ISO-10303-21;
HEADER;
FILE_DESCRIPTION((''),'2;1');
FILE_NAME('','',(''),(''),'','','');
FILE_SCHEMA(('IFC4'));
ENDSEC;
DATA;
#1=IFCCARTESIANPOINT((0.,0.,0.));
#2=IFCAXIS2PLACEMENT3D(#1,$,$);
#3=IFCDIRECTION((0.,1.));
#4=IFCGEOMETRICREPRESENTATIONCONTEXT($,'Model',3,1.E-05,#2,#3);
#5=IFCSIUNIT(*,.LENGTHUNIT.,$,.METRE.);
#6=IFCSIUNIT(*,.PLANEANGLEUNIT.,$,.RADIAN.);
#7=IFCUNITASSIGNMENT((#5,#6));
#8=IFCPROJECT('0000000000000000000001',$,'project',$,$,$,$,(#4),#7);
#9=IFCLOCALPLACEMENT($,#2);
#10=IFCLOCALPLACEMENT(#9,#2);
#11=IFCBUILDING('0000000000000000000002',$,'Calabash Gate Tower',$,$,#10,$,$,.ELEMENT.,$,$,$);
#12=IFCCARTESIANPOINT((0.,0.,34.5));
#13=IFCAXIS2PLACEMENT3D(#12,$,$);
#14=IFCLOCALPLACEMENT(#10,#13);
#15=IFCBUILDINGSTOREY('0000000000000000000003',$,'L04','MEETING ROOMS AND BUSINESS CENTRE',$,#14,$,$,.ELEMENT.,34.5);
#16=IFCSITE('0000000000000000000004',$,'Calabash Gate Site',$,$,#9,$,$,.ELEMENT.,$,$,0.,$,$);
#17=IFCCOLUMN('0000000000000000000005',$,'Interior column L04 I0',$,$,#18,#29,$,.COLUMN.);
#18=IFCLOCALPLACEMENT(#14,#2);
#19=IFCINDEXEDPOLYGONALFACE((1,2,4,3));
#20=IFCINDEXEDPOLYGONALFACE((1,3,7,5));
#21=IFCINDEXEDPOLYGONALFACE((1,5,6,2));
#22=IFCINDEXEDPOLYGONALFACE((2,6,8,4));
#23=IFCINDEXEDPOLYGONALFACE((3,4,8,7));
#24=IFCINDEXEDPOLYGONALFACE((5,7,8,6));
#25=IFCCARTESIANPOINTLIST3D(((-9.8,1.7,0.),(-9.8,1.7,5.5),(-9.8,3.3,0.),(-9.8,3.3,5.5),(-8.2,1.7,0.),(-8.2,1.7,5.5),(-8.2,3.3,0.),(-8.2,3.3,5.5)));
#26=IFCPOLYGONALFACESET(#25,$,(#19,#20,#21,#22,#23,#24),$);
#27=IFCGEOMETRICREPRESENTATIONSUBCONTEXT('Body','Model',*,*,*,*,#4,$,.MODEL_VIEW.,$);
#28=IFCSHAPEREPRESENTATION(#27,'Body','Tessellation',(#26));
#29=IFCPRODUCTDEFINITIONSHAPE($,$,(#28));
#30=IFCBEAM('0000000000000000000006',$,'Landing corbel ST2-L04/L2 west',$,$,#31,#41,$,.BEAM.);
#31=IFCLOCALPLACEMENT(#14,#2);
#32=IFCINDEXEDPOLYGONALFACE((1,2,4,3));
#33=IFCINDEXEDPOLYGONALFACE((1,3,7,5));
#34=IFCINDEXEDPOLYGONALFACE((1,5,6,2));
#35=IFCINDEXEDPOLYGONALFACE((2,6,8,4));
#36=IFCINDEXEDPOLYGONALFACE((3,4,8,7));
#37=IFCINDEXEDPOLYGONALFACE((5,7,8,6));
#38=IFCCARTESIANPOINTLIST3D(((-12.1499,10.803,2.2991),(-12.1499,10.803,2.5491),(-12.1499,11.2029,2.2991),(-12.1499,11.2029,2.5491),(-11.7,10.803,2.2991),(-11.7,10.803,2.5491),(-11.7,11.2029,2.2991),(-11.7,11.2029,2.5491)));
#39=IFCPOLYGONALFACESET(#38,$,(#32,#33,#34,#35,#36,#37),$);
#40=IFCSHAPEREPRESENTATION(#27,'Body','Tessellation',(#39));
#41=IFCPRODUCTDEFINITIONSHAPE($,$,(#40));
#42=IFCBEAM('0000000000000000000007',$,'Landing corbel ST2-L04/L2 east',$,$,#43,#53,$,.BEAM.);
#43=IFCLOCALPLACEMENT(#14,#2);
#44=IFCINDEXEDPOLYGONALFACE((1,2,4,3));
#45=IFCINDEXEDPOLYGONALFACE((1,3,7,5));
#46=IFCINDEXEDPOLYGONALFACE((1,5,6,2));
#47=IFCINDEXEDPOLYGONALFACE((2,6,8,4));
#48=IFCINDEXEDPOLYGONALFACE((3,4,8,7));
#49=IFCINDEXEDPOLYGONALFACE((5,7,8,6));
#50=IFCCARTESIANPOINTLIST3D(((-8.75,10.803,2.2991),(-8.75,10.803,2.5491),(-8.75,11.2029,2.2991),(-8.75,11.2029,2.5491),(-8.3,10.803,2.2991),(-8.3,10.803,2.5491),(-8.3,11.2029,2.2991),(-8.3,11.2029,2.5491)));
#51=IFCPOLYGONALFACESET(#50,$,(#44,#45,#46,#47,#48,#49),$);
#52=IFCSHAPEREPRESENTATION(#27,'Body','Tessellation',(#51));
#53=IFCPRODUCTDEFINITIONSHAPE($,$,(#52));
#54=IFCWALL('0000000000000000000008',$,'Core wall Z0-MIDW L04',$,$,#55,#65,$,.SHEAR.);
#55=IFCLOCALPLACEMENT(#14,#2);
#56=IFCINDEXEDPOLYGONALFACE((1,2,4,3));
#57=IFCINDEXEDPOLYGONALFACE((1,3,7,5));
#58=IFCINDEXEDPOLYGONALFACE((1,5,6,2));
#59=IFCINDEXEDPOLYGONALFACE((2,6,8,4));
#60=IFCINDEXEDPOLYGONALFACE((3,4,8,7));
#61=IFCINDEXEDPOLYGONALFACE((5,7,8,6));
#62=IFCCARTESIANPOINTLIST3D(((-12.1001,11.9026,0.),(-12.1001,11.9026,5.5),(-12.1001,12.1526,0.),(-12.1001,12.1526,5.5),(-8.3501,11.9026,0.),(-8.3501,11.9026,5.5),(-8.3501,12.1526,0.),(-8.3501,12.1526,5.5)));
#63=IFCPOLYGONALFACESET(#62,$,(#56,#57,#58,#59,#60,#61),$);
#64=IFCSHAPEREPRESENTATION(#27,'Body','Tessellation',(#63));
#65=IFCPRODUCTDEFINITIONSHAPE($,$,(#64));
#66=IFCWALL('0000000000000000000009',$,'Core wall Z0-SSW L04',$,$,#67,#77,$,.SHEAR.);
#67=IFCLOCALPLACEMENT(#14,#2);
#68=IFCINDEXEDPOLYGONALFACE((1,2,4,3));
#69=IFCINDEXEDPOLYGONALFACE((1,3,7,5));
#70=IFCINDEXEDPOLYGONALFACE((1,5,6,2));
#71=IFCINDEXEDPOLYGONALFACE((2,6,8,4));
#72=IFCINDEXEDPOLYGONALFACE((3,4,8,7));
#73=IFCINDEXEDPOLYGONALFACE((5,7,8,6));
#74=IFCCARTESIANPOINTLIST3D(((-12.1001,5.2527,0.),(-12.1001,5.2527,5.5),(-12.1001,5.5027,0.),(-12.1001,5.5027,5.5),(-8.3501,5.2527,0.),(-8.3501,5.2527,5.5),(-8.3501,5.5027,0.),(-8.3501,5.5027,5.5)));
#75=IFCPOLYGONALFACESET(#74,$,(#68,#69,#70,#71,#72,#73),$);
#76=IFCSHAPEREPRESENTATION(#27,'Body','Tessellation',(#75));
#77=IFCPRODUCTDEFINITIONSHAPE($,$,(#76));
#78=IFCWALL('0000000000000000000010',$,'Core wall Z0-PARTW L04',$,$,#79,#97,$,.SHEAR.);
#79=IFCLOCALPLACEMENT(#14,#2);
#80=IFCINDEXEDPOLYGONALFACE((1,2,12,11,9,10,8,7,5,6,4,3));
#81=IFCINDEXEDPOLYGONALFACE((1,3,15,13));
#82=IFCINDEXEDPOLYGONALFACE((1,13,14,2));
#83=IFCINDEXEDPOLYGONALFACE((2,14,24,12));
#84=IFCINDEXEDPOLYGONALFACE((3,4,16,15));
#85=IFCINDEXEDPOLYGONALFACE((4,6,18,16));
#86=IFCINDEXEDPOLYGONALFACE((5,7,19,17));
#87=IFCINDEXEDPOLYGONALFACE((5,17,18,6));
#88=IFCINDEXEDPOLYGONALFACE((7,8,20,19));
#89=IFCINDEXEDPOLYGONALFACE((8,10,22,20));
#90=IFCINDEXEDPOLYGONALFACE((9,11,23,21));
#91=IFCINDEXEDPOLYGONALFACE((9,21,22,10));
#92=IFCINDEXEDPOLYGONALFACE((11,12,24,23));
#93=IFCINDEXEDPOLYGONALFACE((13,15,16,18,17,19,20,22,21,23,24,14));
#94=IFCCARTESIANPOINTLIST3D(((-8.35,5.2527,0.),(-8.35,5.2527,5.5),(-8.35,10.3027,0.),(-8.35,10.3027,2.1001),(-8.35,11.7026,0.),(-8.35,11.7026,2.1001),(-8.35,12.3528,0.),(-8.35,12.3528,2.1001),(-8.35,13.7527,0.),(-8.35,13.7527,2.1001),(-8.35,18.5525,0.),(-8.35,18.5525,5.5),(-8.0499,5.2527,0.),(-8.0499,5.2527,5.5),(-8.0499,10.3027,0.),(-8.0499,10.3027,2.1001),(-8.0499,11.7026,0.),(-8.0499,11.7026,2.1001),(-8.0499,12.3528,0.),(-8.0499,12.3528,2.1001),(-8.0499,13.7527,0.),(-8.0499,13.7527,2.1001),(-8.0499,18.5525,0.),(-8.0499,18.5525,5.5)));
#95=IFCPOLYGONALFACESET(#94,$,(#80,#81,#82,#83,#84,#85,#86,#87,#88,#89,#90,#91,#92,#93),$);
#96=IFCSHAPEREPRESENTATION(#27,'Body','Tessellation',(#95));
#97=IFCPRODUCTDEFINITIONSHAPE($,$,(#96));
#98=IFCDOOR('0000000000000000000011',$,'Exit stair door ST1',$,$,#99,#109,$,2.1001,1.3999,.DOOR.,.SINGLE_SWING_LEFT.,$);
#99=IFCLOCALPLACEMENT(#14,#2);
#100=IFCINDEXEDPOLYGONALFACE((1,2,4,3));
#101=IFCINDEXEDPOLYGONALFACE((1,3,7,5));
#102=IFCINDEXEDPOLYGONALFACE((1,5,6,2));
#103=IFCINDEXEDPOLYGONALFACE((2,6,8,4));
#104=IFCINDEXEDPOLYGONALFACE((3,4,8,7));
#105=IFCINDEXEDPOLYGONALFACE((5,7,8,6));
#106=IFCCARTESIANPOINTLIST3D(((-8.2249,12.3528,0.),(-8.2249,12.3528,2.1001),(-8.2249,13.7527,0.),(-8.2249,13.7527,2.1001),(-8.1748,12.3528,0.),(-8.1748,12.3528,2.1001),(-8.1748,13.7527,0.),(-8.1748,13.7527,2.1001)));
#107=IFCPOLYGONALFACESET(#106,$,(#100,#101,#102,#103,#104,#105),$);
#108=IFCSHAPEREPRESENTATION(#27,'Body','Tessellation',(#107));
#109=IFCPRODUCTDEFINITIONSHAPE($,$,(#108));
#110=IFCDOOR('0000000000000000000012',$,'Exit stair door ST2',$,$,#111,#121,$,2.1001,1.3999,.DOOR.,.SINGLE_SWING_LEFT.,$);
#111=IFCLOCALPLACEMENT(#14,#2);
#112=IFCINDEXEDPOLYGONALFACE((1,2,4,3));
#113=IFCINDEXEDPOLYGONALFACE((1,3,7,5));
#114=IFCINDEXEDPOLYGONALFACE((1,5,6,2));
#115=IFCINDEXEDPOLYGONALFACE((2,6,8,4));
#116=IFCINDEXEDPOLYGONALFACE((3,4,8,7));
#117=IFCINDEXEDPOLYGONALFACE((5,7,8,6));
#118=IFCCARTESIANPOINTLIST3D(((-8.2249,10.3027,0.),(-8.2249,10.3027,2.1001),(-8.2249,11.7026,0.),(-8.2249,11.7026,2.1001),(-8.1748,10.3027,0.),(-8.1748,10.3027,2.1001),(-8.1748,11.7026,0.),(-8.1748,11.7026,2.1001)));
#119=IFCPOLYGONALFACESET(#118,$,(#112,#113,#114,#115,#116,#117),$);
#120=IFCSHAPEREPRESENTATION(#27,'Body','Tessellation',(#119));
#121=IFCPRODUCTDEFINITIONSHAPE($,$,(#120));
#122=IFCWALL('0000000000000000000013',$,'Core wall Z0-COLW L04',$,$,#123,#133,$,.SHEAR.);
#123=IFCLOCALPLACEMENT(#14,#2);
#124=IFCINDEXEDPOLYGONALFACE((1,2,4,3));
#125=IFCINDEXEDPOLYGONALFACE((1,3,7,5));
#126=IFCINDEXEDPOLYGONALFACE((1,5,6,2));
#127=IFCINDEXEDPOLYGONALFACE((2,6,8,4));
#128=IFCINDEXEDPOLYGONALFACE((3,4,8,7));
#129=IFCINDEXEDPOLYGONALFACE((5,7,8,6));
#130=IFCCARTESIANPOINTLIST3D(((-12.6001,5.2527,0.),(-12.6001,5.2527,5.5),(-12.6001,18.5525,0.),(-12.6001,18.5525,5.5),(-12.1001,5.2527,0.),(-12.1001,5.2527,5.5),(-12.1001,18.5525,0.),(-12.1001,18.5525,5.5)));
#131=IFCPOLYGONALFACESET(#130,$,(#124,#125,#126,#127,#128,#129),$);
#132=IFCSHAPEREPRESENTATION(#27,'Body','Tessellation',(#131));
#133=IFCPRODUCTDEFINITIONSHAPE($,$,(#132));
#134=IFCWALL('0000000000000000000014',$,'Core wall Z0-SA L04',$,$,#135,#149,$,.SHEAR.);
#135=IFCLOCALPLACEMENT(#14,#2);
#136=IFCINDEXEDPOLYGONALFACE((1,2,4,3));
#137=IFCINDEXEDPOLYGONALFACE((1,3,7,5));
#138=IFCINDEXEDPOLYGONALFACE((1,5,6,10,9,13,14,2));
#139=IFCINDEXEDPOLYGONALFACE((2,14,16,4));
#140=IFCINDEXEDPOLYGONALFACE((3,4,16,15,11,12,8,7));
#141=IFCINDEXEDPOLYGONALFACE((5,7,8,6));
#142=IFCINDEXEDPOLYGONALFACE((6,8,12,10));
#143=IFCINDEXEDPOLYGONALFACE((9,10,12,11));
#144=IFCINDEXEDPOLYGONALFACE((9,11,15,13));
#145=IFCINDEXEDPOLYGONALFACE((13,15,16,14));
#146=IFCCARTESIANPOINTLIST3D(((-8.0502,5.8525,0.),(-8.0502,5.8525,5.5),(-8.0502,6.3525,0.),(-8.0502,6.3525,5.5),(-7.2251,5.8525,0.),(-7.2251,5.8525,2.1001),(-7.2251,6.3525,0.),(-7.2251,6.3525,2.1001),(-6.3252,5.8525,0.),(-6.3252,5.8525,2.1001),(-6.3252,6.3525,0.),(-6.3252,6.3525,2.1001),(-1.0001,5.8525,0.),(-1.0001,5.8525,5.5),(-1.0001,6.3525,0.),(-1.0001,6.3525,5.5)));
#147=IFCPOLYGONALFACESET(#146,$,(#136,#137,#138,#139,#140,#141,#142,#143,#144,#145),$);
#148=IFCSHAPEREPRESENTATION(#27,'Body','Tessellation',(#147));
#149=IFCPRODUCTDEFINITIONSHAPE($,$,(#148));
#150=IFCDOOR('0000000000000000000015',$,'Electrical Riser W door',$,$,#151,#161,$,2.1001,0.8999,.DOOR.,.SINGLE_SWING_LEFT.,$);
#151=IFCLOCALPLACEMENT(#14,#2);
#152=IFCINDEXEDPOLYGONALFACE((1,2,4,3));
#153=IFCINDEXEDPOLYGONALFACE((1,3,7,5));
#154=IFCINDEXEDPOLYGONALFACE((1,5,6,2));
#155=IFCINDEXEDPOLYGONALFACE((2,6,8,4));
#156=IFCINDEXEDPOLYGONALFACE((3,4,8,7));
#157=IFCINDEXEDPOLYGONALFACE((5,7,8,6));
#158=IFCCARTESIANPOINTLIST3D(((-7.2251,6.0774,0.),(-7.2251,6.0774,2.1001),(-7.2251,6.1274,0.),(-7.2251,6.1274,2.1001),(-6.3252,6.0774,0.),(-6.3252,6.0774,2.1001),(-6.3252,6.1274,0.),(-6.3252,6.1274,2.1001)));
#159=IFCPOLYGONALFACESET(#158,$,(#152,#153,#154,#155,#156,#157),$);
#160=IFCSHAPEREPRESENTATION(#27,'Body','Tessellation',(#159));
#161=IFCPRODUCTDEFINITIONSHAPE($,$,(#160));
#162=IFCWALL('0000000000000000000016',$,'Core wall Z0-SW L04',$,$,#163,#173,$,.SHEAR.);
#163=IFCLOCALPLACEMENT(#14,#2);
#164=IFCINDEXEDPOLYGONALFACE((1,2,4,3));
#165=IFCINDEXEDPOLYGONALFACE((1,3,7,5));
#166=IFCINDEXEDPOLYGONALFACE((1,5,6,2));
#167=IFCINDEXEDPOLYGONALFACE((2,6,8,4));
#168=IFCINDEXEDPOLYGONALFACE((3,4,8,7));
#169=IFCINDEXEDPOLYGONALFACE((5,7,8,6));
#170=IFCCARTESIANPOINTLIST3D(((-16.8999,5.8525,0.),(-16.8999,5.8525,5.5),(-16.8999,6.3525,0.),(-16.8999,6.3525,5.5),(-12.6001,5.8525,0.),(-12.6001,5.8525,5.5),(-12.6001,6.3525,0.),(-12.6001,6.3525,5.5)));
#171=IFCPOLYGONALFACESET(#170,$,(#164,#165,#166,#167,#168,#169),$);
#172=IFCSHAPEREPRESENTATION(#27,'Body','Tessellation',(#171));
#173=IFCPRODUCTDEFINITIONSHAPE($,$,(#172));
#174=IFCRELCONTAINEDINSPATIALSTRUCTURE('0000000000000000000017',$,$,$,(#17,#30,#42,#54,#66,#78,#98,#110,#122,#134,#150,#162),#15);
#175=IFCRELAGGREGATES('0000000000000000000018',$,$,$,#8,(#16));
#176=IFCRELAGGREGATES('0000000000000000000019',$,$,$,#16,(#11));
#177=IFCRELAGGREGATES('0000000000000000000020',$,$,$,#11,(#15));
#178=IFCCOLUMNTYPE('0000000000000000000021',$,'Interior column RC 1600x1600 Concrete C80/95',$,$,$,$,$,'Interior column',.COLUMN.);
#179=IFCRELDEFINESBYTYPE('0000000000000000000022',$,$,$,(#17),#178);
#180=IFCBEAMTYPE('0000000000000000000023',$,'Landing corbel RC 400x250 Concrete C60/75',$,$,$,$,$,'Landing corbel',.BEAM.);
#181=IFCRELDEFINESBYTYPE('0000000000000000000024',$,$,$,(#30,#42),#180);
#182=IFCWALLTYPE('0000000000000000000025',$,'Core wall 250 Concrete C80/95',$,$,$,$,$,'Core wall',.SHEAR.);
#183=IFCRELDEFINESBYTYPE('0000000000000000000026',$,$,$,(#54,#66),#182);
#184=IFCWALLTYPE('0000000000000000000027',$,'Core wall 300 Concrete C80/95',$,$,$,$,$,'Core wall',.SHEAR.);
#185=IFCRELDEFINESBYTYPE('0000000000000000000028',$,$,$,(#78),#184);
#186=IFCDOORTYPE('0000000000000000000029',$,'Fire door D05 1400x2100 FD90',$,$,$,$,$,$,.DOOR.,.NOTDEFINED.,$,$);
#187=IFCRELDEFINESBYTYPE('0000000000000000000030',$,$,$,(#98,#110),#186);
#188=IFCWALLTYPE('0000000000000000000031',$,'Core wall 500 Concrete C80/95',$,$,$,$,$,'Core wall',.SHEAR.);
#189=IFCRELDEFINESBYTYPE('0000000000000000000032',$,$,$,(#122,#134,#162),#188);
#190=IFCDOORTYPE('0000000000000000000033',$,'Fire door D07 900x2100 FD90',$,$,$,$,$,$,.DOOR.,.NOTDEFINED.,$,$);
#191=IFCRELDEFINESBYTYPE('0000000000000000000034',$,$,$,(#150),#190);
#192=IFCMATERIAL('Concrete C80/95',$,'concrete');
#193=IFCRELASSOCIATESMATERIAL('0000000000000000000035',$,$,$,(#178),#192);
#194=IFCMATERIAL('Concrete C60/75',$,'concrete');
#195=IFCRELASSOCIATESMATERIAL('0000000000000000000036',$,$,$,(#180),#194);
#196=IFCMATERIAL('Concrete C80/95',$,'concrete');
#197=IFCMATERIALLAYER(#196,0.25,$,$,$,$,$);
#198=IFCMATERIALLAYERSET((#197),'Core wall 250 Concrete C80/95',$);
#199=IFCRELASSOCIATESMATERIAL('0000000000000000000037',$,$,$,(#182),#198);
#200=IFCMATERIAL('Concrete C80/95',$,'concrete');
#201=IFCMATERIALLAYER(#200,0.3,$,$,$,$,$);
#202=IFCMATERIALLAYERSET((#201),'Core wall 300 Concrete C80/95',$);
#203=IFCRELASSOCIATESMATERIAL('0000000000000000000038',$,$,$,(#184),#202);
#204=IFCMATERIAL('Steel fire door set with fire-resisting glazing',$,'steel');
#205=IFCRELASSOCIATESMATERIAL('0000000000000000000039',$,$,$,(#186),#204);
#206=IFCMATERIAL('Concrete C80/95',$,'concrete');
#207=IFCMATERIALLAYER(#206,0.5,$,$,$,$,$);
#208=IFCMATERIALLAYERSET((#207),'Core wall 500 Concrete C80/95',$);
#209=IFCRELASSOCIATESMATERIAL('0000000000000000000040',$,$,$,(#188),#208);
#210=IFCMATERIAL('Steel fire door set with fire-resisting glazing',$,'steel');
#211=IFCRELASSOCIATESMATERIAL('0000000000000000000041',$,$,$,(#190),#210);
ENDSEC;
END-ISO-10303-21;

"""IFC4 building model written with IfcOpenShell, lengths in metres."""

from ifc_helpers import new_model, si_unit, direction, frame, frame_2d, origin, origin_2d, place, context, subcontext, project, spatial, rectangle, extrude, material, layer, layer_set, material_profile, profile_set, type_object, element, fill, save


model = new_model("IFC4")

# Units and contexts
model_context = context("Model", 3, precision=1e-05, world=origin(), true_north=direction((0.0, 1.0)))
body_context = subcontext(model_context, "Body", "Model", "MODEL_VIEW")
ifc_project = project(units=[si_unit("LENGTHUNIT", "METRE"), si_unit("PLANEANGLEUNIT", "RADIAN")], contexts=[model_context])

# Site, building, storey
site_placement = place(None, origin())
site = spatial("IfcSite", under=ifc_project, at=site_placement, Name="Calabash Gate Site", CompositionType="ELEMENT", RefElevation=0.0)
building_placement = place(site_placement, origin())
building = spatial("IfcBuilding", under=site, at=building_placement, Name="Calabash Gate Tower", CompositionType="ELEMENT")
storey_placement = place(building_placement, frame((0.0, 0.0, 34.5)))
storey = spatial("IfcBuildingStorey", under=building, at=storey_placement, Name="L04", Description="MEETING ROOMS AND BUSINESS CENTRE", CompositionType="ELEMENT", Elevation=34.5)

# Column
ifc_material_1 = material(Name="Concrete C80/95", Category="concrete")
ifc_material_profile_1 = material_profile(ifc_material_1, rectangle(XDim=1.6001, YDim=1.6001, at=origin_2d()))
ifc_profile_set_1 = profile_set([ifc_material_profile_1], Name="Concrete C80/95")
column_type = type_object("IfcColumnType", Name="Interior column RC 1600x1600 Concrete C80/95", ElementType="Interior column", PredefinedType="COLUMN", material=ifc_profile_set_1)
column_placement = place(storey_placement, frame((-9.0, 2.5, 0.0), z_axis=(0.0, 0.0, 1.0), x_axis=(1.0, 0.0, 0.0)))
element("IfcColumn", 1, at=column_placement, inside=storey, type_object=column_type, Name="Interior column L04 I0", PredefinedType="COLUMN", context=body_context, shape_type="SweptSolid", body=[
    extrude(rectangle(XDim=1.6001, YDim=1.6001, at=origin_2d()), origin(), (0.0, 0.0, 1.0), 5.5),
])

# Beams
ifc_material_2 = material(Name="Concrete C60/75", Category="concrete")
ifc_material_profile_2 = material_profile(ifc_material_2, rectangle(XDim=0.3999, YDim=0.25, at=origin_2d()))
ifc_profile_set_2 = profile_set([ifc_material_profile_2], Name="Concrete C60/75")
beam_type = type_object("IfcBeamType", Name="Landing corbel RC 400x250 Concrete C60/75", ElementType="Landing corbel", PredefinedType="BEAM", material=ifc_profile_set_2)
for number, where, z_axis, x_axis, name in (
    (2, (-12.1499, 11.0029, 2.4241), (1.0, 0.0, 0.0), (0.0, 1.0, 0.0), "Landing corbel ST2-L04/L2 west"),
    (3, (-8.3, 11.0029, 2.4241), (-1.0, 0.0, 0.0), (0.0, -1.0, 0.0), "Landing corbel ST2-L04/L2 east"),
):
    element("IfcBeam", number, at=place(storey_placement, frame(where, z_axis=z_axis, x_axis=x_axis)), inside=storey, type_object=beam_type, Name=name, PredefinedType="BEAM", context=body_context, shape_type="SweptSolid", body=[
        extrude(rectangle(XDim=0.3999, YDim=0.25, at=origin_2d()), origin(), (0.0, 0.0, 1.0), 0.45),
    ])

# Walls
ifc_material_3 = material(Name="Concrete C80/95", Category="concrete")
ifc_layer_1 = layer(ifc_material_3, 0.25)
ifc_layer_set_1 = layer_set([ifc_layer_1], Name="Core wall 250 Concrete C80/95")
wall_type_1 = type_object("IfcWallType", Name="Core wall 250 Concrete C80/95", ElementType="Core wall", PredefinedType="SHEAR", material=ifc_layer_set_1)
for number, where, z_axis, x_axis, name in (
    (4, (-12.1001, 12.0276, 0.0), (0.0, 0.0, 1.0), (1.0, 0.0, 0.0), "Core wall Z0-MIDW L04"),
    (5, (-12.1001, 5.3777, 0.0), (0.0, 0.0, 1.0), (1.0, 0.0, 0.0), "Core wall Z0-SSW L04"),
):
    element("IfcWall", number, at=place(storey_placement, frame(where, z_axis=z_axis, x_axis=x_axis)), inside=storey, type_object=wall_type_1, Name=name, PredefinedType="SHEAR", context=body_context, shape_type="SweptSolid", body=[
        extrude(rectangle(XDim=3.75, YDim=0.25, at=frame_2d((1.875, 0.0))), origin(), (0.0, 0.0, 1.0), 5.5),
    ])

# Wall, openings, doors
ifc_material_4 = material(Name="Concrete C80/95", Category="concrete")
ifc_layer_2 = layer(ifc_material_4, 0.3)
ifc_layer_set_2 = layer_set([ifc_layer_2], Name="Core wall 300 Concrete C80/95")
wall_type_2 = type_object("IfcWallType", Name="Core wall 300 Concrete C80/95", ElementType="Core wall", PredefinedType="SHEAR", material=ifc_layer_set_2)
wall_1_placement = place(storey_placement, frame((-8.2, 5.2527, 0.0), z_axis=(0.0, 0.0, 1.0), x_axis=(0.0, 1.0, 0.0)))
wall_1 = element("IfcWall", 6, at=wall_1_placement, inside=storey, type_object=wall_type_2, Name="Core wall Z0-PARTW L04", PredefinedType="SHEAR", context=body_context, shape_type="SweptSolid", body=[
    extrude(rectangle(XDim=13.2998, YDim=0.3, at=frame_2d((6.6499, 0.0))), origin(), (0.0, 0.0, 1.0), 5.5),
])
opening_1_placement = place(wall_1_placement, frame((7.1001, 0.0, 0.0)))
opening_1 = element("IfcOpeningElement", 7, at=opening_1_placement, cuts=wall_1, PredefinedType="OPENING", context=body_context, shape_type="SweptSolid", body=[
    extrude(rectangle(XDim=1.3999, YDim=2.1001, at=frame_2d((0.7, 1.05))), frame((0.0, 0.1599, 0.0), z_axis=(0.0, -1.0, 0.0), x_axis=(1.0, 0.0, 0.0)), (0.0, 0.0, 1.0), 0.3201),
])
opening_2_placement = place(wall_1_placement, frame((5.05, 0.0, 0.0)))
opening_2 = element("IfcOpeningElement", 8, at=opening_2_placement, cuts=wall_1, PredefinedType="OPENING", context=body_context, shape_type="SweptSolid", body=[
    extrude(rectangle(XDim=1.3999, YDim=2.1001, at=frame_2d((0.7, 1.05))), frame((0.0, 0.1599, 0.0), z_axis=(0.0, -1.0, 0.0), x_axis=(1.0, 0.0, 0.0)), (0.0, 0.0, 1.0), 0.3201),
])
ifc_material_5 = material(Name="Steel fire door set with fire-resisting glazing", Category="steel")
door_type_1 = type_object("IfcDoorType", Name="Fire door D05 1400x2100 FD90", OperationType="NOTDEFINED", PredefinedType="DOOR", material=ifc_material_5)
door_1_placement = place(opening_1_placement, origin())
door_1 = element("IfcDoor", 9, at=door_1_placement, inside=storey, type_object=door_type_1, Name="Exit stair door ST1", OperationType="SINGLE_SWING_LEFT", OverallHeight=2.1001, OverallWidth=1.3999, PredefinedType="DOOR", context=body_context, shape_type="SweptSolid", body=[
    extrude(rectangle(XDim=1.3999, YDim=2.1001, at=frame_2d((0.7, 1.05))), frame((0.0, 0.0249, 0.0), z_axis=(0.0, -1.0, 0.0), x_axis=(1.0, 0.0, 0.0)), (0.0, 0.0, 1.0), 0.05),
])
fill(opening_1, door_1)
door_2_placement = place(opening_2_placement, origin())
door_2 = element("IfcDoor", 10, at=door_2_placement, inside=storey, type_object=door_type_1, Name="Exit stair door ST2", OperationType="SINGLE_SWING_LEFT", OverallHeight=2.1001, OverallWidth=1.3999, PredefinedType="DOOR", context=body_context, shape_type="SweptSolid", body=[
    extrude(rectangle(XDim=1.3999, YDim=2.1001, at=frame_2d((0.7, 1.05))), frame((0.0, 0.0249, 0.0), z_axis=(0.0, -1.0, 0.0), x_axis=(1.0, 0.0, 0.0)), (0.0, 0.0, 1.0), 0.05),
])
fill(opening_2, door_2)

# Wall
ifc_material_6 = material(Name="Concrete C80/95", Category="concrete")
ifc_layer_3 = layer(ifc_material_6, 0.5)
ifc_layer_set_3 = layer_set([ifc_layer_3], Name="Core wall 500 Concrete C80/95")
wall_type_3 = type_object("IfcWallType", Name="Core wall 500 Concrete C80/95", ElementType="Core wall", PredefinedType="SHEAR", material=ifc_layer_set_3)
wall_2_placement = place(storey_placement, frame((-12.3501, 5.2527, 0.0), z_axis=(0.0, 0.0, 1.0), x_axis=(0.0, 1.0, 0.0)))
element("IfcWall", 11, at=wall_2_placement, inside=storey, type_object=wall_type_3, Name="Core wall Z0-COLW L04", PredefinedType="SHEAR", context=body_context, shape_type="SweptSolid", body=[
    extrude(rectangle(XDim=13.2998, YDim=0.5, at=frame_2d((6.6499, 0.0))), origin(), (0.0, 0.0, 1.0), 5.5),
])

# Wall, opening, door
wall_3_placement = place(storey_placement, frame((-8.05, 6.1025, 0.0), z_axis=(0.0, 0.0, 1.0), x_axis=(1.0, 0.0, 0.0)))
wall_3 = element("IfcWall", 12, at=wall_3_placement, inside=storey, type_object=wall_type_3, Name="Core wall Z0-SA L04", PredefinedType="SHEAR", context=body_context, shape_type="SweptSolid", body=[
    extrude(rectangle(XDim=7.05, YDim=0.5, at=frame_2d((3.5249, 0.0))), origin(), (0.0, 0.0, 1.0), 5.5),
])
opening_3_placement = place(wall_3_placement, frame((0.825, 0.0, 0.0)))
opening_3 = element("IfcOpeningElement", 13, at=opening_3_placement, cuts=wall_3, PredefinedType="OPENING", context=body_context, shape_type="SweptSolid", body=[
    extrude(rectangle(XDim=0.8999, YDim=2.1001, at=frame_2d((0.45, 1.05))), frame((0.0, 0.26, 0.0), z_axis=(0.0, -1.0, 0.0), x_axis=(1.0, 0.0, 0.0)), (0.0, 0.0, 1.0), 0.52),
])
ifc_material_7 = material(Name="Steel fire door set with fire-resisting glazing", Category="steel")
door_type_2 = type_object("IfcDoorType", Name="Fire door D07 900x2100 FD90", OperationType="NOTDEFINED", PredefinedType="DOOR", material=ifc_material_7)
door_3_placement = place(opening_3_placement, origin())
door_3 = element("IfcDoor", 14, at=door_3_placement, inside=storey, type_object=door_type_2, Name="Electrical Riser W door", OperationType="SINGLE_SWING_LEFT", OverallHeight=2.1001, OverallWidth=0.8999, PredefinedType="DOOR", context=body_context, shape_type="SweptSolid", body=[
    extrude(rectangle(XDim=0.8999, YDim=2.1001, at=frame_2d((0.45, 1.05))), frame((0.0, 0.0249, 0.0), z_axis=(0.0, -1.0, 0.0), x_axis=(1.0, 0.0, 0.0)), (0.0, 0.0, 1.0), 0.05),
])
fill(opening_3, door_3)

# Wall
wall_4_placement = place(storey_placement, frame((-12.6001, 6.1025, 0.0), z_axis=(0.0, 0.0, 1.0), x_axis=(-1.0, 0.0, 0.0)))
element("IfcWall", 15, at=wall_4_placement, inside=storey, type_object=wall_type_3, Name="Core wall Z0-SW L04", PredefinedType="SHEAR", context=body_context, shape_type="SweptSolid", body=[
    extrude(rectangle(XDim=4.2998, YDim=0.5, at=frame_2d((2.1499, 0.0))), origin(), (0.0, 0.0, 1.0), 5.5),
])

save(model, "model.ifc")
